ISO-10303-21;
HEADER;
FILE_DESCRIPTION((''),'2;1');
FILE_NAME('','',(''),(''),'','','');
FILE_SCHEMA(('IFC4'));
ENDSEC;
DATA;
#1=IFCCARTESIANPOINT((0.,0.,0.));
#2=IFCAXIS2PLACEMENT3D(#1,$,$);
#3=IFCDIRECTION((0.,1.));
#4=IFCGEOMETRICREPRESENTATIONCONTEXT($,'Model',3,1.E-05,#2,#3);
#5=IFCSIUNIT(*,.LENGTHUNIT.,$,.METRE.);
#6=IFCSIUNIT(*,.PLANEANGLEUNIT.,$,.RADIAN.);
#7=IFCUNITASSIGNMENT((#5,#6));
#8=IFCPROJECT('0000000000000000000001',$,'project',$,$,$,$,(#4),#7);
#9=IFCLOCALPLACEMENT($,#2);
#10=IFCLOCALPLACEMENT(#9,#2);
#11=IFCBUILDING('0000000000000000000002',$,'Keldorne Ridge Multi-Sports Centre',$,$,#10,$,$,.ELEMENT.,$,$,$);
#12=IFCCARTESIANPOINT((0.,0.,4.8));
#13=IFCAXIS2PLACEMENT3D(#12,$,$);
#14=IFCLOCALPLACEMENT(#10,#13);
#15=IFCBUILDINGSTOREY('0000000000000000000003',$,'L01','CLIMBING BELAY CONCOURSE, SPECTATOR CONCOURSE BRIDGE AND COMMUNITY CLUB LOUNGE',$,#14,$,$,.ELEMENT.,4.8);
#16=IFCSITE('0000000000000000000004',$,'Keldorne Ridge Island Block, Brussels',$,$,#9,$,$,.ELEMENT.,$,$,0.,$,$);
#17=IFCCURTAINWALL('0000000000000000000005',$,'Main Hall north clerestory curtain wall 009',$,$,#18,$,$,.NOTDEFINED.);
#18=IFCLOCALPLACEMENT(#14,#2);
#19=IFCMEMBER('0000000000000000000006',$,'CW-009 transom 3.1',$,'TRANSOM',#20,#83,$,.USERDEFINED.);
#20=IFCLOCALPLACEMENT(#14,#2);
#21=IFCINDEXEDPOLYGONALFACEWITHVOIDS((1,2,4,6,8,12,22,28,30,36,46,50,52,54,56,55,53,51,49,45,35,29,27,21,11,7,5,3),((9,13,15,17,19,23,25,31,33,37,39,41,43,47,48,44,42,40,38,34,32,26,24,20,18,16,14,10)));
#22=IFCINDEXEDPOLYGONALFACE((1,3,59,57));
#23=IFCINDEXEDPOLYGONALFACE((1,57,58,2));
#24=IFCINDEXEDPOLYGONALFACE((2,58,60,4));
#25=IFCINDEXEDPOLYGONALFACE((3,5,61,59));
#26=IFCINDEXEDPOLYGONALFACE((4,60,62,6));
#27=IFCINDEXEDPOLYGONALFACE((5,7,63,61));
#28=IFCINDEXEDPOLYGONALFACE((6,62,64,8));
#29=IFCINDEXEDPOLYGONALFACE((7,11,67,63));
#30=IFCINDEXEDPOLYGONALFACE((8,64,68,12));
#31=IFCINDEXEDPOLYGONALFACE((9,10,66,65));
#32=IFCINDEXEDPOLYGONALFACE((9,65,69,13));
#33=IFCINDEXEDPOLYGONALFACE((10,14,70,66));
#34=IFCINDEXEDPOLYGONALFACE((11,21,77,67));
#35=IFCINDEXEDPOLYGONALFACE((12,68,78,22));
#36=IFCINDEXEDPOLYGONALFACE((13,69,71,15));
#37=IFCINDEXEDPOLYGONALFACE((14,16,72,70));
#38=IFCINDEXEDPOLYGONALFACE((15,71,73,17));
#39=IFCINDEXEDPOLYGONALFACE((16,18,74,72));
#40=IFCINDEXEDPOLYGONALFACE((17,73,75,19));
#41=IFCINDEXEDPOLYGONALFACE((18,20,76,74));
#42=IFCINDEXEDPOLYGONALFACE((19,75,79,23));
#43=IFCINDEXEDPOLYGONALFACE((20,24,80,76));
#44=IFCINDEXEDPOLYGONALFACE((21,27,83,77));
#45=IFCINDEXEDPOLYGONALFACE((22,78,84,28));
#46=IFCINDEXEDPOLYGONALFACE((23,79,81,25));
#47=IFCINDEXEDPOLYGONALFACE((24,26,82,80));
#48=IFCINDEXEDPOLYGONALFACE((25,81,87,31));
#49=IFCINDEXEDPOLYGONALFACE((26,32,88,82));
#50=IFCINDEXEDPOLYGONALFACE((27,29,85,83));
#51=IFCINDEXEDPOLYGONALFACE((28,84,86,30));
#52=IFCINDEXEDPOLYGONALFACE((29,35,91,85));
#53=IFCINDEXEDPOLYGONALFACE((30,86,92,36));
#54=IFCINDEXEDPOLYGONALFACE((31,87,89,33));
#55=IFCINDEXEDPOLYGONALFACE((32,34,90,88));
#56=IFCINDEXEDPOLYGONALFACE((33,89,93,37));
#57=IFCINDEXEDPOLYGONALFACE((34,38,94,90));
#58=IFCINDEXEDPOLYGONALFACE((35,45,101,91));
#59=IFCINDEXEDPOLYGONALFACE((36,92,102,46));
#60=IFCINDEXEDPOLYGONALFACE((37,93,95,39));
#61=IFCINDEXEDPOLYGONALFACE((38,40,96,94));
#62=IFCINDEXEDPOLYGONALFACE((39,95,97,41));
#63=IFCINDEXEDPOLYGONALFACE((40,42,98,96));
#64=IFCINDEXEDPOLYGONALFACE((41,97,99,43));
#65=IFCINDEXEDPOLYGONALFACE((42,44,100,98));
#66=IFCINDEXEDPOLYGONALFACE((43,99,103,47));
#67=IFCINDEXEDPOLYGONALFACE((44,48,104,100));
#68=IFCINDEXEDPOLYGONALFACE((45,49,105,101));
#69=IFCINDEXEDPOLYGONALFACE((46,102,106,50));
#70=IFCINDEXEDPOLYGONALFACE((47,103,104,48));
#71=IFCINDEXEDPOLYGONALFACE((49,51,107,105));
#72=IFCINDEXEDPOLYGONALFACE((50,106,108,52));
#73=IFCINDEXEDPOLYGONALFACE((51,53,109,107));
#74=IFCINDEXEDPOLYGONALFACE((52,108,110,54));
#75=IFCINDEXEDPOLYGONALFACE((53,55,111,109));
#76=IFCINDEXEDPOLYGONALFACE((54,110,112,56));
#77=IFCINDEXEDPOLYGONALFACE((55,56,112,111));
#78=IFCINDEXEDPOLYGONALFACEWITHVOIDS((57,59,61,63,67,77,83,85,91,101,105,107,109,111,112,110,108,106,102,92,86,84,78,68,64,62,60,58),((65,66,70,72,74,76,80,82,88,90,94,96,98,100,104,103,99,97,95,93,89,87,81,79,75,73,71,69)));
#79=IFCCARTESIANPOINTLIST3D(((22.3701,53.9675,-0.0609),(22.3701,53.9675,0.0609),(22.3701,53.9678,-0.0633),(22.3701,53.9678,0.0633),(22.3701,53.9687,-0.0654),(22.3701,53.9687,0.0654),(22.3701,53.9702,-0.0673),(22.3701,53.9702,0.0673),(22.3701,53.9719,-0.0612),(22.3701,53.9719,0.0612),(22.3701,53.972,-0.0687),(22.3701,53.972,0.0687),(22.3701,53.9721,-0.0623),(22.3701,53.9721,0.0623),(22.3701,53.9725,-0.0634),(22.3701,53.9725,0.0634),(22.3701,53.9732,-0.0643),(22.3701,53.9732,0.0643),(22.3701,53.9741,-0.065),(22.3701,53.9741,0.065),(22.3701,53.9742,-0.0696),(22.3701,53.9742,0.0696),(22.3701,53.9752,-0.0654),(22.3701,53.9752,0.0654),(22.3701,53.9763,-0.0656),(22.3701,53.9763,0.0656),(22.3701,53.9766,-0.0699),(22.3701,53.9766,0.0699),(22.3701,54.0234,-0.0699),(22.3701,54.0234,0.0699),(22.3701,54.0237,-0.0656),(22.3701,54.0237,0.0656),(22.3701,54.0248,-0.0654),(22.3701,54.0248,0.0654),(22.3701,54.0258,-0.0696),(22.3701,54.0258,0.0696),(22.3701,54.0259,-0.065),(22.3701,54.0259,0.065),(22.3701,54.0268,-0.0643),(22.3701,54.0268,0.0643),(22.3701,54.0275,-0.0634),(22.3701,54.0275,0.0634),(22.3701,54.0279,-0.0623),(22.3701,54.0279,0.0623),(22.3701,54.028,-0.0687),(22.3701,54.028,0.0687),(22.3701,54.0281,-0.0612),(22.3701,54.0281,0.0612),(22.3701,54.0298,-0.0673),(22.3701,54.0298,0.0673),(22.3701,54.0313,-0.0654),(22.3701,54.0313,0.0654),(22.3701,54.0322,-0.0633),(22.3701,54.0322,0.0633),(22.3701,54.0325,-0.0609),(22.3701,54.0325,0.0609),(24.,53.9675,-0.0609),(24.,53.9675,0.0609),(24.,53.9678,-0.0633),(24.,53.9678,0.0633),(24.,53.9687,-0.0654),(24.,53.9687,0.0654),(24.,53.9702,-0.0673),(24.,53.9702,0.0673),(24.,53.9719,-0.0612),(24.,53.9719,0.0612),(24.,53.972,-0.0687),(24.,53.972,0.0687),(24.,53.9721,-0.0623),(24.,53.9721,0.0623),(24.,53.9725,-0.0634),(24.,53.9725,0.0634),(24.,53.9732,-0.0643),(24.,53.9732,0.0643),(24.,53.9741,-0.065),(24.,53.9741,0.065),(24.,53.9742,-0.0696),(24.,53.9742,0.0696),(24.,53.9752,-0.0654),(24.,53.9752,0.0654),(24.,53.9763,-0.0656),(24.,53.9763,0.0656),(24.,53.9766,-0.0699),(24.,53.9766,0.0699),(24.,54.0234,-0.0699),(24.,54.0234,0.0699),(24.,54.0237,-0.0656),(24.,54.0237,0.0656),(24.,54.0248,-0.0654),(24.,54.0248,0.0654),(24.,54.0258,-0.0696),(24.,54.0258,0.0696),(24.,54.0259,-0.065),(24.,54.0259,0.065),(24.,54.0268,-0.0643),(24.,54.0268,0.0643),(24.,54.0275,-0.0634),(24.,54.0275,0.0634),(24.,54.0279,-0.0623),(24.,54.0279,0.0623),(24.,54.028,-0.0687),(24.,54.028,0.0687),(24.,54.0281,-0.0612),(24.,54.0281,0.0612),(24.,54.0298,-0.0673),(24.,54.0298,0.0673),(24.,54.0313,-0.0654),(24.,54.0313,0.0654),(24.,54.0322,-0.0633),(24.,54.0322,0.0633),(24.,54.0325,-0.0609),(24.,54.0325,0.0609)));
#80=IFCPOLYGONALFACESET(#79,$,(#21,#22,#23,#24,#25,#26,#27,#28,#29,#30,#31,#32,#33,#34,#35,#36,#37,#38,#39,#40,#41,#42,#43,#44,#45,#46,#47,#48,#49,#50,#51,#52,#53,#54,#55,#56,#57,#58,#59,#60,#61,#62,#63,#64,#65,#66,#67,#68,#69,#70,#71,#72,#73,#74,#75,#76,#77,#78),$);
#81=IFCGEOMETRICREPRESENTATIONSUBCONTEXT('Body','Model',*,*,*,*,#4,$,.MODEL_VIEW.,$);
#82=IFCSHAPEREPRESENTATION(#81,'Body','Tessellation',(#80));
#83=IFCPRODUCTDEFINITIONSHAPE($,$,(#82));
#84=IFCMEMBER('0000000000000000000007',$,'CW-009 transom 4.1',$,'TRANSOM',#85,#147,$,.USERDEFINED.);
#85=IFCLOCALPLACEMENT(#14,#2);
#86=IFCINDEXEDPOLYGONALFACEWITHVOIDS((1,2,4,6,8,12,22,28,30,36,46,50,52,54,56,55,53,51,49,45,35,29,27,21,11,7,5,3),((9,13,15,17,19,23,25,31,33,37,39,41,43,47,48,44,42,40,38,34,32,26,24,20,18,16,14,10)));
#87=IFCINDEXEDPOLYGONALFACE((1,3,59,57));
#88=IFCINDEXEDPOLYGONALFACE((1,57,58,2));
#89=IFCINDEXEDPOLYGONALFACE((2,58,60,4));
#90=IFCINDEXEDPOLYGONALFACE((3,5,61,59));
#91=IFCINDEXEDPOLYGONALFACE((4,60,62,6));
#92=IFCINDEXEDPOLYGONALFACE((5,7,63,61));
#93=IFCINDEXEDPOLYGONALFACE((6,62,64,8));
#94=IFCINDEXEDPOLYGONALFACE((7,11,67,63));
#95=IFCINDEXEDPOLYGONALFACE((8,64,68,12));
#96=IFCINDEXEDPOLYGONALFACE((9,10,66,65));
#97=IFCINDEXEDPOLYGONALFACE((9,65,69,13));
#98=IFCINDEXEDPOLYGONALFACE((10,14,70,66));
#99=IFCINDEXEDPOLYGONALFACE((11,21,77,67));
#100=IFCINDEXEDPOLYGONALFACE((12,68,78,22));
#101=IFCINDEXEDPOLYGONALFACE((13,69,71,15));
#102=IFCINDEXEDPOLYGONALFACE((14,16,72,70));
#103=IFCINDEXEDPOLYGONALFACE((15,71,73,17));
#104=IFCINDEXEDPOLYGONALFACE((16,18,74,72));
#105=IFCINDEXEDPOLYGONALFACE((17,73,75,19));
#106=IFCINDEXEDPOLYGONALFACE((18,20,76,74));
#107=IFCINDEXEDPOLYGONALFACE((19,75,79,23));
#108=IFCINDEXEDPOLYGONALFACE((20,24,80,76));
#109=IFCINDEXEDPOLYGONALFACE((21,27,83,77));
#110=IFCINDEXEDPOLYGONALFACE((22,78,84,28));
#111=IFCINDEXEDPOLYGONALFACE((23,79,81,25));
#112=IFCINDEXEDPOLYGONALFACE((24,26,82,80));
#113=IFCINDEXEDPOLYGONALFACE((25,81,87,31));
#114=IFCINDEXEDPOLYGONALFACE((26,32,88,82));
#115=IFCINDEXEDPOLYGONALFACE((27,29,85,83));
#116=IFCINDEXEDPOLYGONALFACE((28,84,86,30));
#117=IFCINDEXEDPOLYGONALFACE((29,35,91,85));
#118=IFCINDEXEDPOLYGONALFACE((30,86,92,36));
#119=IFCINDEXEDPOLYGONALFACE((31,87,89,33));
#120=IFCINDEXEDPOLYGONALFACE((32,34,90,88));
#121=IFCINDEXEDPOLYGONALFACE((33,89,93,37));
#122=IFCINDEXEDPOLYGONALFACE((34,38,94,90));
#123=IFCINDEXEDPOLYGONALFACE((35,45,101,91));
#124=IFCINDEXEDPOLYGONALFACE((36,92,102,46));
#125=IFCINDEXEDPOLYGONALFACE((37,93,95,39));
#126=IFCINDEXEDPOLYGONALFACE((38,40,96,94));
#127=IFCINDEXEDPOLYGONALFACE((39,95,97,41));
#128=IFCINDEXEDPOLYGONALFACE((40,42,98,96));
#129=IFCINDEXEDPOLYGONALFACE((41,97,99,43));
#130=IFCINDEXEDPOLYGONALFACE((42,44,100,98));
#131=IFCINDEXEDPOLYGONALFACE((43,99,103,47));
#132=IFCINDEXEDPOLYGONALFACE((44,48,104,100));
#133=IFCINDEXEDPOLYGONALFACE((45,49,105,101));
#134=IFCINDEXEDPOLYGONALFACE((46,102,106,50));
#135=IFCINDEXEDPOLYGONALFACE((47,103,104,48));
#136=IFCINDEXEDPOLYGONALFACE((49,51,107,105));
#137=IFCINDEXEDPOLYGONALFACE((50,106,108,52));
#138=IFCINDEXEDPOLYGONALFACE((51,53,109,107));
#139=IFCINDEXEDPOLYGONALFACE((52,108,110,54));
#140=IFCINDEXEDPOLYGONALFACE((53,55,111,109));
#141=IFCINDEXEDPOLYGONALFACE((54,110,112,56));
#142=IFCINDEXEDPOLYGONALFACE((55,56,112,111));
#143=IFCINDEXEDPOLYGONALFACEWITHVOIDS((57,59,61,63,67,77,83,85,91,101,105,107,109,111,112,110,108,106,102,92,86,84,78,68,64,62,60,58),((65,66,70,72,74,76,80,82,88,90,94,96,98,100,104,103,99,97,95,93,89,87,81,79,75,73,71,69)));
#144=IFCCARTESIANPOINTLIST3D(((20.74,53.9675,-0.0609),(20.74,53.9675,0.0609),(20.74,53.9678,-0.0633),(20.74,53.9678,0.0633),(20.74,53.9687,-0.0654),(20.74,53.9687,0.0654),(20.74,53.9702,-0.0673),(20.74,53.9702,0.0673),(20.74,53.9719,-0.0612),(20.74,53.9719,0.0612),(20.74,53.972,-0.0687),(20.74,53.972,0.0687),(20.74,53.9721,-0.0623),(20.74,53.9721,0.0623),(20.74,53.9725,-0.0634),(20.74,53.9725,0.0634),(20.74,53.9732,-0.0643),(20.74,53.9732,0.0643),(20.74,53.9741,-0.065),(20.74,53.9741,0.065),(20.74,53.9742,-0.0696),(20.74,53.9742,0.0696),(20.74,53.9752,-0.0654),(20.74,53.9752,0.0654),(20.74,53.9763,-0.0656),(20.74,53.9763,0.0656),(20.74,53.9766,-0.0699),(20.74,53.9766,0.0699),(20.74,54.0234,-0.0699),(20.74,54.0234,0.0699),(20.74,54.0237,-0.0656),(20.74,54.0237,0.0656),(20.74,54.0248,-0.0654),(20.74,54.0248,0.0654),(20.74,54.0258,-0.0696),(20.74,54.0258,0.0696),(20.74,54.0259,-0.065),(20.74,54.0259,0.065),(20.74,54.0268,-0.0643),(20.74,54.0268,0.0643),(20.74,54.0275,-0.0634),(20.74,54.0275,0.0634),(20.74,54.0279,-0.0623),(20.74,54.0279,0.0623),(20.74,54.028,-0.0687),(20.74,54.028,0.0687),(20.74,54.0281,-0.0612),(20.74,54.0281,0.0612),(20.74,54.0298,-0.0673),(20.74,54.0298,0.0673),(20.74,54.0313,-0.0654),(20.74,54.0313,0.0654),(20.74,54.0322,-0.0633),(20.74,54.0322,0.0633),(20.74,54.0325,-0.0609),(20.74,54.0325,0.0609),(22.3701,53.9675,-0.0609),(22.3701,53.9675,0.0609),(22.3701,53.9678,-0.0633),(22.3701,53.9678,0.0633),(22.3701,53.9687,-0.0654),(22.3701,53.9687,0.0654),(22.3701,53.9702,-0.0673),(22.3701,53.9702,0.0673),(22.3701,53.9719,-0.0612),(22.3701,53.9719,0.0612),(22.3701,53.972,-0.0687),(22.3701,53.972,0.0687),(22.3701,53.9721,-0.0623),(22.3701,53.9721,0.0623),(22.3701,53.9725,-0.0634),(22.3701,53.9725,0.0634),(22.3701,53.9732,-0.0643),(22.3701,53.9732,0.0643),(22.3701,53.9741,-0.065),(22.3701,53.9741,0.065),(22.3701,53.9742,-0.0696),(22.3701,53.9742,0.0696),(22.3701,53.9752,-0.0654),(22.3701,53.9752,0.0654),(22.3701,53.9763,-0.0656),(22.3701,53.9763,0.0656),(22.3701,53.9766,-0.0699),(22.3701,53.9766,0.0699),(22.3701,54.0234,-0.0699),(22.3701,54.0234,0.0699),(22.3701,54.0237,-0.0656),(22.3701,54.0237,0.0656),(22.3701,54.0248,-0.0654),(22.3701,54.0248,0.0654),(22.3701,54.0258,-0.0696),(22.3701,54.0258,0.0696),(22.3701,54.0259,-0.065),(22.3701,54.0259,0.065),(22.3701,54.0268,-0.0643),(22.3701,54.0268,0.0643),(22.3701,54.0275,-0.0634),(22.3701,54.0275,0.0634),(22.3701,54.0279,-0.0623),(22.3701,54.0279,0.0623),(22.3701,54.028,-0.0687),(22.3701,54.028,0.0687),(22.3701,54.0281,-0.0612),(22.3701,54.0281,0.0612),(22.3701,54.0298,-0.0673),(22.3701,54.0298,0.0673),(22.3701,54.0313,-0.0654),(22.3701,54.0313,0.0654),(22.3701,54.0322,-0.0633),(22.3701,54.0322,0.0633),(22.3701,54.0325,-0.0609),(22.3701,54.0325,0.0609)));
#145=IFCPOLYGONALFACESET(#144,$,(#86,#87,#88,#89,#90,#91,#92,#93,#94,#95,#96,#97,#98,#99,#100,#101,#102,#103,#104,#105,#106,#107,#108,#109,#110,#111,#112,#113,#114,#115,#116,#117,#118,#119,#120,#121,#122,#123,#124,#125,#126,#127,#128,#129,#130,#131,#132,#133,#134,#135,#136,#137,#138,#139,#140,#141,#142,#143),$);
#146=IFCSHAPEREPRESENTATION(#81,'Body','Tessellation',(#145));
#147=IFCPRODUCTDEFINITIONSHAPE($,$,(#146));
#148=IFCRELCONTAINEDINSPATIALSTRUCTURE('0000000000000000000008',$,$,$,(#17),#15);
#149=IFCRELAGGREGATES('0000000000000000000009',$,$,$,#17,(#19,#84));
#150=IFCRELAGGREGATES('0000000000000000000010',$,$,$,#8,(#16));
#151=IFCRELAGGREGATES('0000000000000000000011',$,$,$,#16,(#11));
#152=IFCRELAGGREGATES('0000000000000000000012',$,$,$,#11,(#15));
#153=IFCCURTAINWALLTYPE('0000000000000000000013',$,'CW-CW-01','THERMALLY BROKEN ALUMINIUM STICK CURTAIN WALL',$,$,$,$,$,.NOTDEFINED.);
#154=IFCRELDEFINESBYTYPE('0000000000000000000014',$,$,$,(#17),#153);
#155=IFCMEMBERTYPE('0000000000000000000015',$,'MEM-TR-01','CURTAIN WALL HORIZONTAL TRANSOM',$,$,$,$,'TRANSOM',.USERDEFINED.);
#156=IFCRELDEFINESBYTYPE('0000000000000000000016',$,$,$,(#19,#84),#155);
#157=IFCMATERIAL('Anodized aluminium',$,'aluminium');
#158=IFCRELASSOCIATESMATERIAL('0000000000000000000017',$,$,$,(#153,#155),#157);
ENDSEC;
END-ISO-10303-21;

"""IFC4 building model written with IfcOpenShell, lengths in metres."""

from ifc_helpers import new_model, si_unit, direction, frame, origin, origin_2d, place, context, subcontext, project, spatial, hollow_rectangle, extrude, material, material_profile, profile_set, type_object, element, aggregate, save


model = new_model("IFC4")

# Units and contexts
model_context = context("Model", 3, precision=1e-05, world=origin(), true_north=direction((0.0, 1.0)))
body_context = subcontext(model_context, "Body", "Model", "MODEL_VIEW")
ifc_project = project(units=[si_unit("LENGTHUNIT", "METRE"), si_unit("PLANEANGLEUNIT", "RADIAN")], contexts=[model_context])

# Site, building, storey
site_placement = place(None, origin())
site = spatial("IfcSite", under=ifc_project, at=site_placement, Name="Keldorne Ridge Island Block, Brussels", CompositionType="ELEMENT", RefElevation=0.0)
building_placement = place(site_placement, origin())
building = spatial("IfcBuilding", under=site, at=building_placement, Name="Keldorne Ridge Multi-Sports Centre", CompositionType="ELEMENT")
storey_placement = place(building_placement, frame((0.0, 0.0, 4.8)))
storey = spatial("IfcBuildingStorey", under=building, at=storey_placement, Name="L01", Description="CLIMBING BELAY CONCOURSE, SPECTATOR CONCOURSE BRIDGE AND COMMUNITY CLUB LOUNGE", CompositionType="ELEMENT", Elevation=4.8)

# Curtain wall
ifc_material_1 = material(Name="Anodized aluminium", Category="aluminium")
curtain_wall_type_1 = type_object("IfcCurtainWallType", Name="CW-CW-01", Description="THERMALLY BROKEN ALUMINIUM STICK CURTAIN WALL", PredefinedType="NOTDEFINED", material=ifc_material_1)
curtain_wall_1_placement = place(storey_placement, origin())
curtain_wall_1 = element("IfcCurtainWall", 1, at=curtain_wall_1_placement, inside=storey, type_object=curtain_wall_type_1, Name="Main Hall north clerestory curtain wall 009", PredefinedType="NOTDEFINED")

# Members
ifc_material_profile_1 = material_profile(ifc_material_1, hollow_rectangle(XDim=0.0649, YDim=0.1399, WallThickness=0.0044, InnerFilletRadius=0.0044, OuterFilletRadius=0.009, at=origin_2d()), Name="ALU TRANSOM 140x65x4.5")
ifc_profile_set_1 = profile_set([ifc_material_profile_1], Name="Anodized aluminium")
member_type_1 = type_object("IfcMemberType", Name="MEM-TR-01", Description="CURTAIN WALL HORIZONTAL TRANSOM", ElementType="TRANSOM", PredefinedType="USERDEFINED", material=ifc_profile_set_1)
member_1_placement = place(storey_placement, frame((24.0, 54.0, 0.0), z_axis=(-1.0, 0.0, 0.0), x_axis=(0.0, -1.0, 0.0)))
member_1 = element("IfcMember", 2, at=member_1_placement, type_object=member_type_1, Name="CW-009 transom 3.1", ObjectType="TRANSOM", PredefinedType="USERDEFINED", context=body_context, shape_type="SweptSolid", body=[
    extrude(hollow_rectangle(XDim=0.0649, YDim=0.1399, WallThickness=0.0044, InnerFilletRadius=0.0044, OuterFilletRadius=0.009, at=origin_2d()), origin(), (0.0, 0.0, 1.0), 1.6299),
])
member_2_placement = place(storey_placement, frame((22.3701, 54.0, 0.0), z_axis=(-1.0, 0.0, 0.0), x_axis=(0.0, -1.0, 0.0)))
member_2 = element("IfcMember", 3, at=member_2_placement, type_object=member_type_1, Name="CW-009 transom 4.1", ObjectType="TRANSOM", PredefinedType="USERDEFINED", context=body_context, shape_type="SweptSolid", body=[
    extrude(hollow_rectangle(XDim=0.0649, YDim=0.1399, WallThickness=0.0044, InnerFilletRadius=0.0044, OuterFilletRadius=0.009, at=origin_2d()), origin(), (0.0, 0.0, 1.0), 1.6301),
])

aggregate(curtain_wall_1, [member_1, member_2])

save(model, "model.ifc")
